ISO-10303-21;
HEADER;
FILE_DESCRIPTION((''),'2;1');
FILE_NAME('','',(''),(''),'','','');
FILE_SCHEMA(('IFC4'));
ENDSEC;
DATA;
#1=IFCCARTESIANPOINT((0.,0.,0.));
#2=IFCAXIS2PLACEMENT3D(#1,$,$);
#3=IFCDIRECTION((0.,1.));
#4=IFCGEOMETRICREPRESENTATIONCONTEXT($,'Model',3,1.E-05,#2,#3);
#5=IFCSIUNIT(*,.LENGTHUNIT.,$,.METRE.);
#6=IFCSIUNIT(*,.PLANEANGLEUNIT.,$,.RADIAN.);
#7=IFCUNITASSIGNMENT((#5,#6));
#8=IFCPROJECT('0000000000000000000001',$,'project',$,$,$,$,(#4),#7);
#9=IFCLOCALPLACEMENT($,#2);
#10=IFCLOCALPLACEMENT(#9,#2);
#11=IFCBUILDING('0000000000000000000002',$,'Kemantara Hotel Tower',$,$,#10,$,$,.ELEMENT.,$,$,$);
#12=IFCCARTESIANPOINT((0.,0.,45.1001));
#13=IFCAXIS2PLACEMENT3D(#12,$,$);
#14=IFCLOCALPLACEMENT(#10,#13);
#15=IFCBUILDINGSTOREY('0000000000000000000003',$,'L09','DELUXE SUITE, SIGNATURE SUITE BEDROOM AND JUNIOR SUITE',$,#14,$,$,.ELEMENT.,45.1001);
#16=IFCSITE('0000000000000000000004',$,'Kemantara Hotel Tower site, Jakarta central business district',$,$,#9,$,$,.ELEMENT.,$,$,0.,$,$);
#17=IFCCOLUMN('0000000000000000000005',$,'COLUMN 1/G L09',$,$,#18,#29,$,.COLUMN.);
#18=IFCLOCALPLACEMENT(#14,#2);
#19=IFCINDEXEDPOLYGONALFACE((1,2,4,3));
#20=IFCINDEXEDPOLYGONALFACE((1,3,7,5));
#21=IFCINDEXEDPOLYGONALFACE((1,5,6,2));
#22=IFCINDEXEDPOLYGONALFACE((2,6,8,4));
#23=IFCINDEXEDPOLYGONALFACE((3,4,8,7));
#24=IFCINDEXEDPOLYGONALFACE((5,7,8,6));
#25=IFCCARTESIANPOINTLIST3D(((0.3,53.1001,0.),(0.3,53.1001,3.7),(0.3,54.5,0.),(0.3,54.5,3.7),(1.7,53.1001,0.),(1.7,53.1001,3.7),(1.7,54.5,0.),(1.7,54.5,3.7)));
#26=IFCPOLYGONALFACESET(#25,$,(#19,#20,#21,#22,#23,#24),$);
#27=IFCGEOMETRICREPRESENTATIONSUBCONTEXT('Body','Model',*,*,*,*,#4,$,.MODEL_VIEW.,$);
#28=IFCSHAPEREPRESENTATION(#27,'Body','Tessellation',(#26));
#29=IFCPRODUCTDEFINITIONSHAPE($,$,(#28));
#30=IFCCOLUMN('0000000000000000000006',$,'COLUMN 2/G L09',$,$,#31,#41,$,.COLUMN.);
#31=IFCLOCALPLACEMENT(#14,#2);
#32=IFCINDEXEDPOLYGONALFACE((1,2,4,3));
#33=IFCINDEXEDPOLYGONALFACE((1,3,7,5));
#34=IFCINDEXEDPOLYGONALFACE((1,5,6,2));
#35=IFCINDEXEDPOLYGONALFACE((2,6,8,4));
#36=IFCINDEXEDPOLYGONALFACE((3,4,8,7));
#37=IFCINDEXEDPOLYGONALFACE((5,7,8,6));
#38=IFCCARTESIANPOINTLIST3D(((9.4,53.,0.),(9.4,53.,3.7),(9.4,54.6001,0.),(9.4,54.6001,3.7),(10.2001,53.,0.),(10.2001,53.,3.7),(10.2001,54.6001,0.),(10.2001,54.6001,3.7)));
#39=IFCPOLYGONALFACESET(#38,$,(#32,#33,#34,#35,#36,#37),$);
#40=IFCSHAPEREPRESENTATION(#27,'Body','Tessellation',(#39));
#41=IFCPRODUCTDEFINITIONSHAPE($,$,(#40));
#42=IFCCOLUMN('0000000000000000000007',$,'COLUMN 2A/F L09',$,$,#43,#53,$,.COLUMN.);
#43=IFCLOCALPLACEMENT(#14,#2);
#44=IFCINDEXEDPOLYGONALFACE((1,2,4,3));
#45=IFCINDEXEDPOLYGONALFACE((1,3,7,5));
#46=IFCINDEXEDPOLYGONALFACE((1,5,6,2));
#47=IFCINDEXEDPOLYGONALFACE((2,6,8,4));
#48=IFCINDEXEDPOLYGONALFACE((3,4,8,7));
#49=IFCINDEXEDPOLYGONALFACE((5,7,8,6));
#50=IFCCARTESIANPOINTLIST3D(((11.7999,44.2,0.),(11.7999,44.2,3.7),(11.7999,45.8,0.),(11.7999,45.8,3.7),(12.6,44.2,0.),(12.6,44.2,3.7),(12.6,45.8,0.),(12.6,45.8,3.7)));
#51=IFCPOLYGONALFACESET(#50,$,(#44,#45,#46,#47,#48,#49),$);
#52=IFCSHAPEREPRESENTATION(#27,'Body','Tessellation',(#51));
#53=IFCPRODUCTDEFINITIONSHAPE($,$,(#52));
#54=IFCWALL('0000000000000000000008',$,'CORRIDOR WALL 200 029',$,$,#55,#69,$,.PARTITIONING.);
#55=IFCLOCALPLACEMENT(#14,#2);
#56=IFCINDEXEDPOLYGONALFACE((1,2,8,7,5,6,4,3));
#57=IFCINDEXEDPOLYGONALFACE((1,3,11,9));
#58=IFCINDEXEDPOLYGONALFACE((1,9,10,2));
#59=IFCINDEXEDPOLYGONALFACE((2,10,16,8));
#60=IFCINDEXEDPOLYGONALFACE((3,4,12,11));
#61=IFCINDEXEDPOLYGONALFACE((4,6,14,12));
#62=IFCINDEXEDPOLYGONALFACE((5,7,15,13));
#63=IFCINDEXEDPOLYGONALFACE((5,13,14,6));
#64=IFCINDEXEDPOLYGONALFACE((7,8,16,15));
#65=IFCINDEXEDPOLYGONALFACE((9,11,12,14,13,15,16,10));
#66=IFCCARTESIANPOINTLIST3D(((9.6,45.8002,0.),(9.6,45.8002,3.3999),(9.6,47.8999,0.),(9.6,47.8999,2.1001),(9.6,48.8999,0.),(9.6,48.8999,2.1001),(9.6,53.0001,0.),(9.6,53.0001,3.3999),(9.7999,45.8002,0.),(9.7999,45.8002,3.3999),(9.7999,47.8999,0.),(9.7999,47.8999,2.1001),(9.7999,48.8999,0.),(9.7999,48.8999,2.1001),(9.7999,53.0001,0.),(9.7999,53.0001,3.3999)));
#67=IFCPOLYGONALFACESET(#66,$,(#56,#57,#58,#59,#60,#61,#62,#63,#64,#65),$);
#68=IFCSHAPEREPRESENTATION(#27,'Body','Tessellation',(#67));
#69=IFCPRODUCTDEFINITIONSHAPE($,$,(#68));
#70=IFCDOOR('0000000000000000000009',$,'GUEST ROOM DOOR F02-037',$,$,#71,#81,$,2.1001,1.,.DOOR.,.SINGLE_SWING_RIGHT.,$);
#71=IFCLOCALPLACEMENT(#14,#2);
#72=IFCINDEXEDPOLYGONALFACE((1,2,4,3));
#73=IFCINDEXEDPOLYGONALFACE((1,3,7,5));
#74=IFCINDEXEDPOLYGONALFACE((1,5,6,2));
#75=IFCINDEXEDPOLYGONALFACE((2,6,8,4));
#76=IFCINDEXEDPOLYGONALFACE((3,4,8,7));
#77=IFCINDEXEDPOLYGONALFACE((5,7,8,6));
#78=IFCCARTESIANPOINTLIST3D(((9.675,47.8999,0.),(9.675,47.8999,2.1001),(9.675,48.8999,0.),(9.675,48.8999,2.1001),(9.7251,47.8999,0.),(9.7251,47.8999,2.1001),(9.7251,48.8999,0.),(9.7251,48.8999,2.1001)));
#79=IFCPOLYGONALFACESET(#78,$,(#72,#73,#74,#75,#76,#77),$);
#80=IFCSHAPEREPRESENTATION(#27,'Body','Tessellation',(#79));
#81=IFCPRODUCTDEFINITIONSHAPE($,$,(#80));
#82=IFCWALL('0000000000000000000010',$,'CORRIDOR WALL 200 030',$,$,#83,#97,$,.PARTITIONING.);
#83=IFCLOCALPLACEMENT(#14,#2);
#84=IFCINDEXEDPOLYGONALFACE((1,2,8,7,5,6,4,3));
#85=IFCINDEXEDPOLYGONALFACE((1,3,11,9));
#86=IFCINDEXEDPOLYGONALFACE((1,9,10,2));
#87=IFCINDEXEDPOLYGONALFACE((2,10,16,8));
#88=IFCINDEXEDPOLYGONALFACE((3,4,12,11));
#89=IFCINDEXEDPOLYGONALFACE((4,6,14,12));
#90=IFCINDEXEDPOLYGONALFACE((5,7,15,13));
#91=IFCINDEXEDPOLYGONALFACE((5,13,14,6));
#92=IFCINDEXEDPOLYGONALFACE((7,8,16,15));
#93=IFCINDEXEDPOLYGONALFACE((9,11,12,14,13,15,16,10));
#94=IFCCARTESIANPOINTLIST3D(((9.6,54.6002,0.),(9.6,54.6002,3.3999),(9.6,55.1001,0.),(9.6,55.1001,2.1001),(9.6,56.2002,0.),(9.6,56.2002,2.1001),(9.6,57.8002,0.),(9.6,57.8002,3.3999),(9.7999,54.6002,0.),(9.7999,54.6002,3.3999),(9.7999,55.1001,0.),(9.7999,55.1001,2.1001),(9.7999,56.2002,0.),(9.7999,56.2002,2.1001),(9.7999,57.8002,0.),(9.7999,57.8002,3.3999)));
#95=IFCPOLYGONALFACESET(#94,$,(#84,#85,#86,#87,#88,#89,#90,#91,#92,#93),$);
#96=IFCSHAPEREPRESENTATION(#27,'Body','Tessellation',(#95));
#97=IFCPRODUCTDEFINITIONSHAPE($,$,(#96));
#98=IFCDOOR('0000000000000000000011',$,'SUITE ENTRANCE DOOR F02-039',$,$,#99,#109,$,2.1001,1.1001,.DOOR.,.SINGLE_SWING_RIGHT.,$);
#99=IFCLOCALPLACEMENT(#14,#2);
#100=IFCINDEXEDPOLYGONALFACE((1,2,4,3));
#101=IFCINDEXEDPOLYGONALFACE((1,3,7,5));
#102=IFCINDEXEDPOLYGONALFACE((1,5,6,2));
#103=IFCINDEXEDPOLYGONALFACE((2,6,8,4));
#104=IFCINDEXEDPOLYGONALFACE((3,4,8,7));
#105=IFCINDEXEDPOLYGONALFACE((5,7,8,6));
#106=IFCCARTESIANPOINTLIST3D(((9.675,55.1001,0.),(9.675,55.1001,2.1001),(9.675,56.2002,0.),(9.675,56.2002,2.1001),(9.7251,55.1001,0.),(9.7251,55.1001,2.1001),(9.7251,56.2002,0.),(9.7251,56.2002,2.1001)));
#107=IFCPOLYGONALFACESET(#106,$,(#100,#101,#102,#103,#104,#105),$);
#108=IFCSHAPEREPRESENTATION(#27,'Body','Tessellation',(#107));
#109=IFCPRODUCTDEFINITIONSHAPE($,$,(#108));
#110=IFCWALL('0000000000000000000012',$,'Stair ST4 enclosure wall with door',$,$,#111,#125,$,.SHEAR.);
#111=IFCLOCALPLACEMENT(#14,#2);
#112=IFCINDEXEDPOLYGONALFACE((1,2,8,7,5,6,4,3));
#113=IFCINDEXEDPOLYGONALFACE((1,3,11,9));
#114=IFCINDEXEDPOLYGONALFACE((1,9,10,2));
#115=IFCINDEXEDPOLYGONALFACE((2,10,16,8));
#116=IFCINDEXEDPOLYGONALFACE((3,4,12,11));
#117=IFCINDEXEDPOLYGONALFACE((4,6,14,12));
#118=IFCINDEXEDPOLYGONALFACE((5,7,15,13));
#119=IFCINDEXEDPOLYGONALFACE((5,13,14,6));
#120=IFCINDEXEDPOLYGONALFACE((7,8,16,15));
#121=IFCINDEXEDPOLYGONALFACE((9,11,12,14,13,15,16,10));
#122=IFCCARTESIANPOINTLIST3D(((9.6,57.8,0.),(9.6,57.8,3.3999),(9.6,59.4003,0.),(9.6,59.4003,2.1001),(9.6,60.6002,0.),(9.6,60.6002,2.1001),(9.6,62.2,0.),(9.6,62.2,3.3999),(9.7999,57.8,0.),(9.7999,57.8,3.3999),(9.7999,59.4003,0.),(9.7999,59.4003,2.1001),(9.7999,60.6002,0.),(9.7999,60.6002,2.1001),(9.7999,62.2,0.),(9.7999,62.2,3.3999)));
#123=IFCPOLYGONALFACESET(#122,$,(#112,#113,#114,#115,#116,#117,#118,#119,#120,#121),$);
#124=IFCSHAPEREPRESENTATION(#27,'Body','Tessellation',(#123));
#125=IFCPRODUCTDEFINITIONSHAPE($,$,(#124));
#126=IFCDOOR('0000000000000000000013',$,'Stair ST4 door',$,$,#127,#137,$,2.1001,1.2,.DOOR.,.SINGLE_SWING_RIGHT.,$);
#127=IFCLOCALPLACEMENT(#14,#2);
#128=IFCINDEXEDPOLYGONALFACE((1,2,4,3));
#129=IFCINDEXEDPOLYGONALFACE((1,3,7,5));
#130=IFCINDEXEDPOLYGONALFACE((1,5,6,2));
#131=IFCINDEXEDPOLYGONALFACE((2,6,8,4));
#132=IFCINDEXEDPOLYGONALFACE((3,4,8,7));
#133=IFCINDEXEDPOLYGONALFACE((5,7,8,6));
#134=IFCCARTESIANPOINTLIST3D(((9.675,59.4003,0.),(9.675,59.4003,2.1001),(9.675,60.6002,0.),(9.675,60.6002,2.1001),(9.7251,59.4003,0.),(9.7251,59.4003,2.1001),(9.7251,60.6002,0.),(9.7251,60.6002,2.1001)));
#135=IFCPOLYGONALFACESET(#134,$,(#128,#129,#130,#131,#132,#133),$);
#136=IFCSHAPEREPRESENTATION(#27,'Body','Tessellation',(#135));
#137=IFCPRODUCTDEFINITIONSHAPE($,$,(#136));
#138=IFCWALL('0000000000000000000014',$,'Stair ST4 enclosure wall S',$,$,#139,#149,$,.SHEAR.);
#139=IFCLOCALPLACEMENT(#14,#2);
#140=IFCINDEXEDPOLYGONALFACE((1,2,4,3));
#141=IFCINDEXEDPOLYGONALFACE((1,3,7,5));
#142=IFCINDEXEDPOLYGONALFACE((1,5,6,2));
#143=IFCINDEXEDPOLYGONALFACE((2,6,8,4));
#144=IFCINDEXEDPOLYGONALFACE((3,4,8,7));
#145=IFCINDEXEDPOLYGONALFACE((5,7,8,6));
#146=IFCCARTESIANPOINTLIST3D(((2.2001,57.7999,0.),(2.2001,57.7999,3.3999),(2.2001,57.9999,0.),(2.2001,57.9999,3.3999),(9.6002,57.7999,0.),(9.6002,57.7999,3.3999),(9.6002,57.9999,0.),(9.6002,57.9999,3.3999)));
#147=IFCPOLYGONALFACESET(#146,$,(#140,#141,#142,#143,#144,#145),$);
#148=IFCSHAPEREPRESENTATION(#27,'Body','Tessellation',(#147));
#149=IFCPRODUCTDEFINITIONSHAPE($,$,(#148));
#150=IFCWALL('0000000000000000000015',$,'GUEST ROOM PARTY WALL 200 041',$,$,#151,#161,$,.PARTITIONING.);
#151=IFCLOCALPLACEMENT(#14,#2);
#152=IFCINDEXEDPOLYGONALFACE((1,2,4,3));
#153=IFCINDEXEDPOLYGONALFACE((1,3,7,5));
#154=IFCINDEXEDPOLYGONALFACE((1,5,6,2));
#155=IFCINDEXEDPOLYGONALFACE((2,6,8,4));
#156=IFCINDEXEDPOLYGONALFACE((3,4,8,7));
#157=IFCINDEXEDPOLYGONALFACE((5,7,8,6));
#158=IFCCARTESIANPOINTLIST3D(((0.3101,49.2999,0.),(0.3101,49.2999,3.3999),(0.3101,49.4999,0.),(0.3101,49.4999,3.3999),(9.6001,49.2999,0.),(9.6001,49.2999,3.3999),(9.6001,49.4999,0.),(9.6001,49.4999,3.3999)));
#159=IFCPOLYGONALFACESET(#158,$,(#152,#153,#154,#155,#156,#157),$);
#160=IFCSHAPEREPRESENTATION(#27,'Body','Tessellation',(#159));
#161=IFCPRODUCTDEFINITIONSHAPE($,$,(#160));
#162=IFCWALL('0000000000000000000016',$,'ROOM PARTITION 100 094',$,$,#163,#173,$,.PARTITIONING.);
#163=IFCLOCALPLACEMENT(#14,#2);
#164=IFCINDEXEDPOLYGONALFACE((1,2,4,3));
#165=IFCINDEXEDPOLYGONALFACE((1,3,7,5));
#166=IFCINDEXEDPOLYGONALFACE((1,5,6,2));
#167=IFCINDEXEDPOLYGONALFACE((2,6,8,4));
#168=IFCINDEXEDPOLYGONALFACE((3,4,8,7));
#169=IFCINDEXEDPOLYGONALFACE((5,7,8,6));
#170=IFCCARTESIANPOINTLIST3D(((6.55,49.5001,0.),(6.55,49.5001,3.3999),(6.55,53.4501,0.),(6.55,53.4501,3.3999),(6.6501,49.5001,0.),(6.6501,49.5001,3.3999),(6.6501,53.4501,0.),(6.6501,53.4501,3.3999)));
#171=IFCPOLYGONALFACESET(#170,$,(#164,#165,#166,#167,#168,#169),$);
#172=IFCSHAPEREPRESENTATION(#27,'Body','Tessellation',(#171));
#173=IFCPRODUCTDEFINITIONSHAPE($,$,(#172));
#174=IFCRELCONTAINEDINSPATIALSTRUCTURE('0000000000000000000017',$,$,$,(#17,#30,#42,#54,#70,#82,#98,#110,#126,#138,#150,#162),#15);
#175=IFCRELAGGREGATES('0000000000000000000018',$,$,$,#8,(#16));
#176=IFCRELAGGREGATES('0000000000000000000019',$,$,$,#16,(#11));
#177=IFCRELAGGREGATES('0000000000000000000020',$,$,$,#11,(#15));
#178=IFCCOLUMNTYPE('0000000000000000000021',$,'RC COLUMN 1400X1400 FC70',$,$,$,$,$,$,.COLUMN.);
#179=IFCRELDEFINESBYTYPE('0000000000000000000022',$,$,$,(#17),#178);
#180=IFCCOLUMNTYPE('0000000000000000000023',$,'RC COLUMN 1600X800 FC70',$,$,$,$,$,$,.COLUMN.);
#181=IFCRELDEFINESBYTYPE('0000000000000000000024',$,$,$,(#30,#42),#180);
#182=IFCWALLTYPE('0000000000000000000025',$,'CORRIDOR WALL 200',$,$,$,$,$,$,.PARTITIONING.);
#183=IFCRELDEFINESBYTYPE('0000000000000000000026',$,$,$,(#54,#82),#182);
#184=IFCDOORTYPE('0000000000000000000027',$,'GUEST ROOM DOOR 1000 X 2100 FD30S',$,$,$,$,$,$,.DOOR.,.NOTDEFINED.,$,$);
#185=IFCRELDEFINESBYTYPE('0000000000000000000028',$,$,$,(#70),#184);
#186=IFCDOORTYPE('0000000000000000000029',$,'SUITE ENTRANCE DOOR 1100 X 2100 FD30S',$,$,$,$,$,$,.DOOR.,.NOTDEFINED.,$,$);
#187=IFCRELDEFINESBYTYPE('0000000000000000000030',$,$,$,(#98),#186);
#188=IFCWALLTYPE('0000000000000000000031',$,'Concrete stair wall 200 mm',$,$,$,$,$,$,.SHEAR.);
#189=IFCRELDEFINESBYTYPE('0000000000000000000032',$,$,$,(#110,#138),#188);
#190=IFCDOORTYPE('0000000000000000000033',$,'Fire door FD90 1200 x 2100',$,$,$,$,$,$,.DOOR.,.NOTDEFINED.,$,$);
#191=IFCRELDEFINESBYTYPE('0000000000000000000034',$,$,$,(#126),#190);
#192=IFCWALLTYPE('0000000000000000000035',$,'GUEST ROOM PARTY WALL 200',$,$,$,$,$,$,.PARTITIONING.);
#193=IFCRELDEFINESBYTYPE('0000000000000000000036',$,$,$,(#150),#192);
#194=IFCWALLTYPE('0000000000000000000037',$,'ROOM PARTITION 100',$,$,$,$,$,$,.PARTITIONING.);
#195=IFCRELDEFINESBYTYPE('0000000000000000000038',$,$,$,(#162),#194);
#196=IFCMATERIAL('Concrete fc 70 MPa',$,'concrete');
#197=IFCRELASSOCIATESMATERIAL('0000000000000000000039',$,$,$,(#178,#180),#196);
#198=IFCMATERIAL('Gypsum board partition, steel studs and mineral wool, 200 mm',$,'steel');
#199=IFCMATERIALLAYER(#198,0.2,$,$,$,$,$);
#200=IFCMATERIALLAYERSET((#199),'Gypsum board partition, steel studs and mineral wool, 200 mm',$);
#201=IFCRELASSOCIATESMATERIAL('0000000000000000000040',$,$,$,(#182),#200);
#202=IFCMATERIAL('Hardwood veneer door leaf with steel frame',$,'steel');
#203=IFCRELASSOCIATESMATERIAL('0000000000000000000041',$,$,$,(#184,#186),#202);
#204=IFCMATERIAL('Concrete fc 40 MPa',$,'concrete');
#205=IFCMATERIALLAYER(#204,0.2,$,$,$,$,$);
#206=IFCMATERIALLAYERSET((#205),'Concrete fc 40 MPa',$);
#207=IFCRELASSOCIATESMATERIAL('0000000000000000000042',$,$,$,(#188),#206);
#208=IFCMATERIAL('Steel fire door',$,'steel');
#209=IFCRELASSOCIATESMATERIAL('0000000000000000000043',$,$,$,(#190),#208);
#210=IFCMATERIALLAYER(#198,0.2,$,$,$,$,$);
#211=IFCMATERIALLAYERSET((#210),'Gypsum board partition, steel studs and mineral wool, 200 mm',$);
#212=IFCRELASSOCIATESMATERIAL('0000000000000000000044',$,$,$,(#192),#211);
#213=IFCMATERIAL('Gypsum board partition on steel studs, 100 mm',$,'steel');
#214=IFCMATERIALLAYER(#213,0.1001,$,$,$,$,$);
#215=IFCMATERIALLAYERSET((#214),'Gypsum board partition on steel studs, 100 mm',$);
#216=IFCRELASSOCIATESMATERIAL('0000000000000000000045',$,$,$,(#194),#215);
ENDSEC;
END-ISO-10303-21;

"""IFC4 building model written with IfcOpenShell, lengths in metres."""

from ifc_helpers import new_model, si_unit, direction, frame, frame_2d, origin, origin_2d, place, context, subcontext, project, spatial, rectangle, extrude, material, layer, layer_set, material_profile, profile_set, type_object, element, fill, save


model = new_model("IFC4")

# Units and contexts
model_context = context("Model", 3, precision=1e-05, world=origin(), true_north=direction((0.0, 1.0)))
body_context = subcontext(model_context, "Body", "Model", "MODEL_VIEW")
ifc_project = project(units=[si_unit("LENGTHUNIT", "METRE"), si_unit("PLANEANGLEUNIT", "RADIAN")], contexts=[model_context])

# Site, building, storey
site_placement = place(None, origin())
site = spatial("IfcSite", under=ifc_project, at=site_placement, Name="Kemantara Hotel Tower site, Jakarta central business district", CompositionType="ELEMENT", RefElevation=0.0)
building_placement = place(site_placement, origin())
building = spatial("IfcBuilding", under=site, at=building_placement, Name="Kemantara Hotel Tower", CompositionType="ELEMENT")
storey_placement = place(building_placement, frame((0.0, 0.0, 45.1001)))
storey = spatial("IfcBuildingStorey", under=building, at=storey_placement, Name="L09", Description="DELUXE SUITE, SIGNATURE SUITE BEDROOM AND JUNIOR SUITE", CompositionType="ELEMENT", Elevation=45.1001)

# Columns
ifc_material_1 = material(Name="Concrete fc 70 MPa", Category="concrete")
ifc_material_profile_1 = material_profile(ifc_material_1, rectangle(XDim=1.3999, YDim=1.3999, at=origin_2d()), Name="RC 1400X1400")
ifc_profile_set_1 = profile_set([ifc_material_profile_1], Name="Concrete fc 70 MPa")
column_type_1 = type_object("IfcColumnType", Name="RC COLUMN 1400X1400 FC70", PredefinedType="COLUMN", material=ifc_profile_set_1)
column_placement = place(storey_placement, frame((1.0, 53.8, 0.0), z_axis=(0.0, 0.0, 1.0), x_axis=(1.0, 0.0, 0.0)))
element("IfcColumn", 1, at=column_placement, inside=storey, type_object=column_type_1, Name="COLUMN 1/G L09", PredefinedType="COLUMN", context=body_context, shape_type="SweptSolid", body=[
    extrude(rectangle(XDim=1.3999, YDim=1.3999, at=origin_2d()), origin(), (0.0, 0.0, 1.0), 3.7),
])
ifc_material_profile_2 = material_profile(ifc_material_1, rectangle(XDim=1.6001, YDim=0.8, at=origin_2d()), Name="RC 1600X800")
ifc_profile_set_2 = profile_set([ifc_material_profile_2], Name="Concrete fc 70 MPa")
column_type_2 = type_object("IfcColumnType", Name="RC COLUMN 1600X800 FC70", PredefinedType="COLUMN", material=ifc_profile_set_2)
for number, where, z_axis, x_axis, name in (
    (2, (9.8, 53.8, 0.0), (0.0, 0.0, 1.0), (0.0, 1.0, 0.0), "COLUMN 2/G L09"),
    (3, (12.2, 45.0, 0.0), (0.0, 0.0, 1.0), (0.0, 1.0, 0.0), "COLUMN 2A/F L09"),
):
    element("IfcColumn", number, at=place(storey_placement, frame(where, z_axis=z_axis, x_axis=x_axis)), inside=storey, type_object=column_type_2, Name=name, PredefinedType="COLUMN", context=body_context, shape_type="SweptSolid", body=[
        extrude(rectangle(XDim=1.6001, YDim=0.8, at=origin_2d()), origin(), (0.0, 0.0, 1.0), 3.7),
    ])

# Walls, openings, doors
ifc_material_2 = material(Name="Gypsum board partition, steel studs and mineral wool, 200 mm", Category="steel")
ifc_layer_1 = layer(ifc_material_2, 0.2)
ifc_layer_set_1 = layer_set([ifc_layer_1], Name="Gypsum board partition, steel studs and mineral wool, 200 mm")
wall_type_1 = type_object("IfcWallType", Name="CORRIDOR WALL 200", PredefinedType="PARTITIONING", material=ifc_layer_set_1)
wall_1_placement = place(storey_placement, frame((9.7, 45.8, 0.0), z_axis=(0.0, 0.0, 1.0), x_axis=(0.0, 1.0, 0.0)))
wall_1 = element("IfcWall", 4, at=wall_1_placement, inside=storey, type_object=wall_type_1, Name="CORRIDOR WALL 200 029", PredefinedType="PARTITIONING", context=body_context, shape_type="SweptSolid", body=[
    extrude(rectangle(XDim=7.2, YDim=0.2, at=frame_2d((3.6001, 0.0))), origin(), (0.0, 0.0, 1.0), 3.3999),
])
opening_1_placement = place(wall_1_placement, frame((2.0999, 0.0, 0.0)))
opening_1 = element("IfcOpeningElement", 5, at=opening_1_placement, cuts=wall_1, PredefinedType="OPENING", context=body_context, shape_type="SweptSolid", body=[
    extrude(rectangle(XDim=1.0, YDim=2.1001, at=frame_2d((0.5, 1.05))), frame((0.0, 0.1099, 0.0), z_axis=(0.0, -1.0, 0.0), x_axis=(1.0, 0.0, 0.0)), (0.0, 0.0, 1.0), 0.22),
])
ifc_material_3 = material(Name="Hardwood veneer door leaf with steel frame", Category="steel")
door_type_1 = type_object("IfcDoorType", Name="GUEST ROOM DOOR 1000 X 2100 FD30S", OperationType="NOTDEFINED", PredefinedType="DOOR", material=ifc_material_3)
door_1_placement = place(opening_1_placement, origin())
door_1 = element("IfcDoor", 6, at=door_1_placement, inside=storey, type_object=door_type_1, Name="GUEST ROOM DOOR F02-037", OperationType="SINGLE_SWING_RIGHT", OverallHeight=2.1001, OverallWidth=1.0, PredefinedType="DOOR", context=body_context, shape_type="SweptSolid", body=[
    extrude(rectangle(XDim=1.0, YDim=2.1001, at=frame_2d((0.5, 1.05))), frame((0.0, 0.0249, 0.0), z_axis=(0.0, -1.0, 0.0), x_axis=(1.0, 0.0, 0.0)), (0.0, 0.0, 1.0), 0.05),
])
fill(opening_1, door_1)
wall_2_placement = place(storey_placement, frame((9.7, 54.6001, 0.0), z_axis=(0.0, 0.0, 1.0), x_axis=(0.0, 1.0, 0.0)))
wall_2 = element("IfcWall", 7, at=wall_2_placement, inside=storey, type_object=wall_type_1, Name="CORRIDOR WALL 200 030", PredefinedType="PARTITIONING", context=body_context, shape_type="SweptSolid", body=[
    extrude(rectangle(XDim=3.2, YDim=0.2, at=frame_2d((1.6001, 0.0))), origin(), (0.0, 0.0, 1.0), 3.3999),
])
opening_2_placement = place(wall_2_placement, frame((0.5, 0.0, 0.0)))
opening_2 = element("IfcOpeningElement", 8, at=opening_2_placement, cuts=wall_2, PredefinedType="OPENING", context=body_context, shape_type="SweptSolid", body=[
    extrude(rectangle(XDim=1.1001, YDim=2.1001, at=frame_2d((0.55, 1.05))), frame((0.0, 0.1099, 0.0), z_axis=(0.0, -1.0, 0.0), x_axis=(1.0, 0.0, 0.0)), (0.0, 0.0, 1.0), 0.22),
])
door_type_2 = type_object("IfcDoorType", Name="SUITE ENTRANCE DOOR 1100 X 2100 FD30S", OperationType="NOTDEFINED", PredefinedType="DOOR", material=ifc_material_3)
door_2_placement = place(opening_2_placement, origin())
door_2 = element("IfcDoor", 9, at=door_2_placement, inside=storey, type_object=door_type_2, Name="SUITE ENTRANCE DOOR F02-039", OperationType="SINGLE_SWING_RIGHT", OverallHeight=2.1001, OverallWidth=1.1001, PredefinedType="DOOR", context=body_context, shape_type="SweptSolid", body=[
    extrude(rectangle(XDim=1.1001, YDim=2.1001, at=frame_2d((0.55, 1.05))), frame((0.0, 0.0249, 0.0), z_axis=(0.0, -1.0, 0.0), x_axis=(1.0, 0.0, 0.0)), (0.0, 0.0, 1.0), 0.05),
])
fill(opening_2, door_2)
ifc_material_4 = material(Name="Concrete fc 40 MPa", Category="concrete")
ifc_layer_2 = layer(ifc_material_4, 0.2)
ifc_layer_set_2 = layer_set([ifc_layer_2], Name="Concrete fc 40 MPa")
wall_type_2 = type_object("IfcWallType", Name="Concrete stair wall 200 mm", PredefinedType="SHEAR", material=ifc_layer_set_2)
wall_3_placement = place(storey_placement, frame((9.7, 57.8, 0.0), z_axis=(0.0, 0.0, 1.0), x_axis=(0.0, 1.0, 0.0)))
wall_3 = element("IfcWall", 10, at=wall_3_placement, inside=storey, type_object=wall_type_2, Name="Stair ST4 enclosure wall with door", PredefinedType="SHEAR", context=body_context, shape_type="SweptSolid", body=[
    extrude(rectangle(XDim=4.3999, YDim=0.2, at=frame_2d((2.2, 0.0))), origin(), (0.0, 0.0, 1.0), 3.3999),
])
opening_3_placement = place(wall_3_placement, frame((1.6001, 0.0, 0.0)))
opening_3 = element("IfcOpeningElement", 11, at=opening_3_placement, cuts=wall_3, PredefinedType="OPENING", context=body_context, shape_type="SweptSolid", body=[
    extrude(rectangle(XDim=1.2, YDim=2.1001, at=frame_2d((0.6001, 1.05))), frame((0.0, 0.1099, 0.0), z_axis=(0.0, -1.0, 0.0), x_axis=(1.0, 0.0, 0.0)), (0.0, 0.0, 1.0), 0.22),
])
ifc_material_5 = material(Name="Steel fire door", Category="steel")
door_type_3 = type_object("IfcDoorType", Name="Fire door FD90 1200 x 2100", OperationType="NOTDEFINED", PredefinedType="DOOR", material=ifc_material_5)
door_3_placement = place(opening_3_placement, origin())
door_3 = element("IfcDoor", 12, at=door_3_placement, inside=storey, type_object=door_type_3, Name="Stair ST4 door", OperationType="SINGLE_SWING_RIGHT", OverallHeight=2.1001, OverallWidth=1.2, PredefinedType="DOOR", context=body_context, shape_type="SweptSolid", body=[
    extrude(rectangle(XDim=1.2, YDim=2.1001, at=frame_2d((0.6001, 1.05))), frame((0.0, 0.0249, 0.0), z_axis=(0.0, -1.0, 0.0), x_axis=(1.0, 0.0, 0.0)), (0.0, 0.0, 1.0), 0.05),
])
fill(opening_3, door_3)

# Walls
wall_4_placement = place(storey_placement, frame((2.2, 57.8999, 0.0), z_axis=(0.0, 0.0, 1.0), x_axis=(1.0, 0.0, 0.0)))
element("IfcWall", 13, at=wall_4_placement, inside=storey, type_object=wall_type_2, Name="Stair ST4 enclosure wall S", PredefinedType="SHEAR", context=body_context, shape_type="SweptSolid", body=[
    extrude(rectangle(XDim=7.4001, YDim=0.2, at=frame_2d((3.7002, 0.0))), origin(), (0.0, 0.0, 1.0), 3.3999),
])
ifc_layer_3 = layer(ifc_material_2, 0.2)
ifc_layer_set_3 = layer_set([ifc_layer_3], Name="Gypsum board partition, steel studs and mineral wool, 200 mm")
wall_type_3 = type_object("IfcWallType", Name="GUEST ROOM PARTY WALL 200", PredefinedType="PARTITIONING", material=ifc_layer_set_3)
wall_5_placement = place(storey_placement, frame((0.3101, 49.3999, 0.0), z_axis=(0.0, 0.0, 1.0), x_axis=(1.0, 0.0, 0.0)))
element("IfcWall", 14, at=wall_5_placement, inside=storey, type_object=wall_type_3, Name="GUEST ROOM PARTY WALL 200 041", PredefinedType="PARTITIONING", context=body_context, shape_type="SweptSolid", body=[
    extrude(rectangle(XDim=9.29, YDim=0.2, at=frame_2d((4.645, 0.0))), origin(), (0.0, 0.0, 1.0), 3.3999),
])
ifc_material_6 = material(Name="Gypsum board partition on steel studs, 100 mm", Category="steel")
ifc_layer_4 = layer(ifc_material_6, 0.1001)
ifc_layer_set_4 = layer_set([ifc_layer_4], Name="Gypsum board partition on steel studs, 100 mm")
wall_type_4 = type_object("IfcWallType", Name="ROOM PARTITION 100", PredefinedType="PARTITIONING", material=ifc_layer_set_4)
wall_6_placement = place(storey_placement, frame((6.6001, 49.5, 0.0), z_axis=(0.0, 0.0, 1.0), x_axis=(0.0, 1.0, 0.0)))
element("IfcWall", 15, at=wall_6_placement, inside=storey, type_object=wall_type_4, Name="ROOM PARTITION 100 094", PredefinedType="PARTITIONING", context=body_context, shape_type="SweptSolid", body=[
    extrude(rectangle(XDim=3.95, YDim=0.1001, at=frame_2d((1.9751, 0.0))), origin(), (0.0, 0.0, 1.0), 3.3999),
])

save(model, "model.ifc")
